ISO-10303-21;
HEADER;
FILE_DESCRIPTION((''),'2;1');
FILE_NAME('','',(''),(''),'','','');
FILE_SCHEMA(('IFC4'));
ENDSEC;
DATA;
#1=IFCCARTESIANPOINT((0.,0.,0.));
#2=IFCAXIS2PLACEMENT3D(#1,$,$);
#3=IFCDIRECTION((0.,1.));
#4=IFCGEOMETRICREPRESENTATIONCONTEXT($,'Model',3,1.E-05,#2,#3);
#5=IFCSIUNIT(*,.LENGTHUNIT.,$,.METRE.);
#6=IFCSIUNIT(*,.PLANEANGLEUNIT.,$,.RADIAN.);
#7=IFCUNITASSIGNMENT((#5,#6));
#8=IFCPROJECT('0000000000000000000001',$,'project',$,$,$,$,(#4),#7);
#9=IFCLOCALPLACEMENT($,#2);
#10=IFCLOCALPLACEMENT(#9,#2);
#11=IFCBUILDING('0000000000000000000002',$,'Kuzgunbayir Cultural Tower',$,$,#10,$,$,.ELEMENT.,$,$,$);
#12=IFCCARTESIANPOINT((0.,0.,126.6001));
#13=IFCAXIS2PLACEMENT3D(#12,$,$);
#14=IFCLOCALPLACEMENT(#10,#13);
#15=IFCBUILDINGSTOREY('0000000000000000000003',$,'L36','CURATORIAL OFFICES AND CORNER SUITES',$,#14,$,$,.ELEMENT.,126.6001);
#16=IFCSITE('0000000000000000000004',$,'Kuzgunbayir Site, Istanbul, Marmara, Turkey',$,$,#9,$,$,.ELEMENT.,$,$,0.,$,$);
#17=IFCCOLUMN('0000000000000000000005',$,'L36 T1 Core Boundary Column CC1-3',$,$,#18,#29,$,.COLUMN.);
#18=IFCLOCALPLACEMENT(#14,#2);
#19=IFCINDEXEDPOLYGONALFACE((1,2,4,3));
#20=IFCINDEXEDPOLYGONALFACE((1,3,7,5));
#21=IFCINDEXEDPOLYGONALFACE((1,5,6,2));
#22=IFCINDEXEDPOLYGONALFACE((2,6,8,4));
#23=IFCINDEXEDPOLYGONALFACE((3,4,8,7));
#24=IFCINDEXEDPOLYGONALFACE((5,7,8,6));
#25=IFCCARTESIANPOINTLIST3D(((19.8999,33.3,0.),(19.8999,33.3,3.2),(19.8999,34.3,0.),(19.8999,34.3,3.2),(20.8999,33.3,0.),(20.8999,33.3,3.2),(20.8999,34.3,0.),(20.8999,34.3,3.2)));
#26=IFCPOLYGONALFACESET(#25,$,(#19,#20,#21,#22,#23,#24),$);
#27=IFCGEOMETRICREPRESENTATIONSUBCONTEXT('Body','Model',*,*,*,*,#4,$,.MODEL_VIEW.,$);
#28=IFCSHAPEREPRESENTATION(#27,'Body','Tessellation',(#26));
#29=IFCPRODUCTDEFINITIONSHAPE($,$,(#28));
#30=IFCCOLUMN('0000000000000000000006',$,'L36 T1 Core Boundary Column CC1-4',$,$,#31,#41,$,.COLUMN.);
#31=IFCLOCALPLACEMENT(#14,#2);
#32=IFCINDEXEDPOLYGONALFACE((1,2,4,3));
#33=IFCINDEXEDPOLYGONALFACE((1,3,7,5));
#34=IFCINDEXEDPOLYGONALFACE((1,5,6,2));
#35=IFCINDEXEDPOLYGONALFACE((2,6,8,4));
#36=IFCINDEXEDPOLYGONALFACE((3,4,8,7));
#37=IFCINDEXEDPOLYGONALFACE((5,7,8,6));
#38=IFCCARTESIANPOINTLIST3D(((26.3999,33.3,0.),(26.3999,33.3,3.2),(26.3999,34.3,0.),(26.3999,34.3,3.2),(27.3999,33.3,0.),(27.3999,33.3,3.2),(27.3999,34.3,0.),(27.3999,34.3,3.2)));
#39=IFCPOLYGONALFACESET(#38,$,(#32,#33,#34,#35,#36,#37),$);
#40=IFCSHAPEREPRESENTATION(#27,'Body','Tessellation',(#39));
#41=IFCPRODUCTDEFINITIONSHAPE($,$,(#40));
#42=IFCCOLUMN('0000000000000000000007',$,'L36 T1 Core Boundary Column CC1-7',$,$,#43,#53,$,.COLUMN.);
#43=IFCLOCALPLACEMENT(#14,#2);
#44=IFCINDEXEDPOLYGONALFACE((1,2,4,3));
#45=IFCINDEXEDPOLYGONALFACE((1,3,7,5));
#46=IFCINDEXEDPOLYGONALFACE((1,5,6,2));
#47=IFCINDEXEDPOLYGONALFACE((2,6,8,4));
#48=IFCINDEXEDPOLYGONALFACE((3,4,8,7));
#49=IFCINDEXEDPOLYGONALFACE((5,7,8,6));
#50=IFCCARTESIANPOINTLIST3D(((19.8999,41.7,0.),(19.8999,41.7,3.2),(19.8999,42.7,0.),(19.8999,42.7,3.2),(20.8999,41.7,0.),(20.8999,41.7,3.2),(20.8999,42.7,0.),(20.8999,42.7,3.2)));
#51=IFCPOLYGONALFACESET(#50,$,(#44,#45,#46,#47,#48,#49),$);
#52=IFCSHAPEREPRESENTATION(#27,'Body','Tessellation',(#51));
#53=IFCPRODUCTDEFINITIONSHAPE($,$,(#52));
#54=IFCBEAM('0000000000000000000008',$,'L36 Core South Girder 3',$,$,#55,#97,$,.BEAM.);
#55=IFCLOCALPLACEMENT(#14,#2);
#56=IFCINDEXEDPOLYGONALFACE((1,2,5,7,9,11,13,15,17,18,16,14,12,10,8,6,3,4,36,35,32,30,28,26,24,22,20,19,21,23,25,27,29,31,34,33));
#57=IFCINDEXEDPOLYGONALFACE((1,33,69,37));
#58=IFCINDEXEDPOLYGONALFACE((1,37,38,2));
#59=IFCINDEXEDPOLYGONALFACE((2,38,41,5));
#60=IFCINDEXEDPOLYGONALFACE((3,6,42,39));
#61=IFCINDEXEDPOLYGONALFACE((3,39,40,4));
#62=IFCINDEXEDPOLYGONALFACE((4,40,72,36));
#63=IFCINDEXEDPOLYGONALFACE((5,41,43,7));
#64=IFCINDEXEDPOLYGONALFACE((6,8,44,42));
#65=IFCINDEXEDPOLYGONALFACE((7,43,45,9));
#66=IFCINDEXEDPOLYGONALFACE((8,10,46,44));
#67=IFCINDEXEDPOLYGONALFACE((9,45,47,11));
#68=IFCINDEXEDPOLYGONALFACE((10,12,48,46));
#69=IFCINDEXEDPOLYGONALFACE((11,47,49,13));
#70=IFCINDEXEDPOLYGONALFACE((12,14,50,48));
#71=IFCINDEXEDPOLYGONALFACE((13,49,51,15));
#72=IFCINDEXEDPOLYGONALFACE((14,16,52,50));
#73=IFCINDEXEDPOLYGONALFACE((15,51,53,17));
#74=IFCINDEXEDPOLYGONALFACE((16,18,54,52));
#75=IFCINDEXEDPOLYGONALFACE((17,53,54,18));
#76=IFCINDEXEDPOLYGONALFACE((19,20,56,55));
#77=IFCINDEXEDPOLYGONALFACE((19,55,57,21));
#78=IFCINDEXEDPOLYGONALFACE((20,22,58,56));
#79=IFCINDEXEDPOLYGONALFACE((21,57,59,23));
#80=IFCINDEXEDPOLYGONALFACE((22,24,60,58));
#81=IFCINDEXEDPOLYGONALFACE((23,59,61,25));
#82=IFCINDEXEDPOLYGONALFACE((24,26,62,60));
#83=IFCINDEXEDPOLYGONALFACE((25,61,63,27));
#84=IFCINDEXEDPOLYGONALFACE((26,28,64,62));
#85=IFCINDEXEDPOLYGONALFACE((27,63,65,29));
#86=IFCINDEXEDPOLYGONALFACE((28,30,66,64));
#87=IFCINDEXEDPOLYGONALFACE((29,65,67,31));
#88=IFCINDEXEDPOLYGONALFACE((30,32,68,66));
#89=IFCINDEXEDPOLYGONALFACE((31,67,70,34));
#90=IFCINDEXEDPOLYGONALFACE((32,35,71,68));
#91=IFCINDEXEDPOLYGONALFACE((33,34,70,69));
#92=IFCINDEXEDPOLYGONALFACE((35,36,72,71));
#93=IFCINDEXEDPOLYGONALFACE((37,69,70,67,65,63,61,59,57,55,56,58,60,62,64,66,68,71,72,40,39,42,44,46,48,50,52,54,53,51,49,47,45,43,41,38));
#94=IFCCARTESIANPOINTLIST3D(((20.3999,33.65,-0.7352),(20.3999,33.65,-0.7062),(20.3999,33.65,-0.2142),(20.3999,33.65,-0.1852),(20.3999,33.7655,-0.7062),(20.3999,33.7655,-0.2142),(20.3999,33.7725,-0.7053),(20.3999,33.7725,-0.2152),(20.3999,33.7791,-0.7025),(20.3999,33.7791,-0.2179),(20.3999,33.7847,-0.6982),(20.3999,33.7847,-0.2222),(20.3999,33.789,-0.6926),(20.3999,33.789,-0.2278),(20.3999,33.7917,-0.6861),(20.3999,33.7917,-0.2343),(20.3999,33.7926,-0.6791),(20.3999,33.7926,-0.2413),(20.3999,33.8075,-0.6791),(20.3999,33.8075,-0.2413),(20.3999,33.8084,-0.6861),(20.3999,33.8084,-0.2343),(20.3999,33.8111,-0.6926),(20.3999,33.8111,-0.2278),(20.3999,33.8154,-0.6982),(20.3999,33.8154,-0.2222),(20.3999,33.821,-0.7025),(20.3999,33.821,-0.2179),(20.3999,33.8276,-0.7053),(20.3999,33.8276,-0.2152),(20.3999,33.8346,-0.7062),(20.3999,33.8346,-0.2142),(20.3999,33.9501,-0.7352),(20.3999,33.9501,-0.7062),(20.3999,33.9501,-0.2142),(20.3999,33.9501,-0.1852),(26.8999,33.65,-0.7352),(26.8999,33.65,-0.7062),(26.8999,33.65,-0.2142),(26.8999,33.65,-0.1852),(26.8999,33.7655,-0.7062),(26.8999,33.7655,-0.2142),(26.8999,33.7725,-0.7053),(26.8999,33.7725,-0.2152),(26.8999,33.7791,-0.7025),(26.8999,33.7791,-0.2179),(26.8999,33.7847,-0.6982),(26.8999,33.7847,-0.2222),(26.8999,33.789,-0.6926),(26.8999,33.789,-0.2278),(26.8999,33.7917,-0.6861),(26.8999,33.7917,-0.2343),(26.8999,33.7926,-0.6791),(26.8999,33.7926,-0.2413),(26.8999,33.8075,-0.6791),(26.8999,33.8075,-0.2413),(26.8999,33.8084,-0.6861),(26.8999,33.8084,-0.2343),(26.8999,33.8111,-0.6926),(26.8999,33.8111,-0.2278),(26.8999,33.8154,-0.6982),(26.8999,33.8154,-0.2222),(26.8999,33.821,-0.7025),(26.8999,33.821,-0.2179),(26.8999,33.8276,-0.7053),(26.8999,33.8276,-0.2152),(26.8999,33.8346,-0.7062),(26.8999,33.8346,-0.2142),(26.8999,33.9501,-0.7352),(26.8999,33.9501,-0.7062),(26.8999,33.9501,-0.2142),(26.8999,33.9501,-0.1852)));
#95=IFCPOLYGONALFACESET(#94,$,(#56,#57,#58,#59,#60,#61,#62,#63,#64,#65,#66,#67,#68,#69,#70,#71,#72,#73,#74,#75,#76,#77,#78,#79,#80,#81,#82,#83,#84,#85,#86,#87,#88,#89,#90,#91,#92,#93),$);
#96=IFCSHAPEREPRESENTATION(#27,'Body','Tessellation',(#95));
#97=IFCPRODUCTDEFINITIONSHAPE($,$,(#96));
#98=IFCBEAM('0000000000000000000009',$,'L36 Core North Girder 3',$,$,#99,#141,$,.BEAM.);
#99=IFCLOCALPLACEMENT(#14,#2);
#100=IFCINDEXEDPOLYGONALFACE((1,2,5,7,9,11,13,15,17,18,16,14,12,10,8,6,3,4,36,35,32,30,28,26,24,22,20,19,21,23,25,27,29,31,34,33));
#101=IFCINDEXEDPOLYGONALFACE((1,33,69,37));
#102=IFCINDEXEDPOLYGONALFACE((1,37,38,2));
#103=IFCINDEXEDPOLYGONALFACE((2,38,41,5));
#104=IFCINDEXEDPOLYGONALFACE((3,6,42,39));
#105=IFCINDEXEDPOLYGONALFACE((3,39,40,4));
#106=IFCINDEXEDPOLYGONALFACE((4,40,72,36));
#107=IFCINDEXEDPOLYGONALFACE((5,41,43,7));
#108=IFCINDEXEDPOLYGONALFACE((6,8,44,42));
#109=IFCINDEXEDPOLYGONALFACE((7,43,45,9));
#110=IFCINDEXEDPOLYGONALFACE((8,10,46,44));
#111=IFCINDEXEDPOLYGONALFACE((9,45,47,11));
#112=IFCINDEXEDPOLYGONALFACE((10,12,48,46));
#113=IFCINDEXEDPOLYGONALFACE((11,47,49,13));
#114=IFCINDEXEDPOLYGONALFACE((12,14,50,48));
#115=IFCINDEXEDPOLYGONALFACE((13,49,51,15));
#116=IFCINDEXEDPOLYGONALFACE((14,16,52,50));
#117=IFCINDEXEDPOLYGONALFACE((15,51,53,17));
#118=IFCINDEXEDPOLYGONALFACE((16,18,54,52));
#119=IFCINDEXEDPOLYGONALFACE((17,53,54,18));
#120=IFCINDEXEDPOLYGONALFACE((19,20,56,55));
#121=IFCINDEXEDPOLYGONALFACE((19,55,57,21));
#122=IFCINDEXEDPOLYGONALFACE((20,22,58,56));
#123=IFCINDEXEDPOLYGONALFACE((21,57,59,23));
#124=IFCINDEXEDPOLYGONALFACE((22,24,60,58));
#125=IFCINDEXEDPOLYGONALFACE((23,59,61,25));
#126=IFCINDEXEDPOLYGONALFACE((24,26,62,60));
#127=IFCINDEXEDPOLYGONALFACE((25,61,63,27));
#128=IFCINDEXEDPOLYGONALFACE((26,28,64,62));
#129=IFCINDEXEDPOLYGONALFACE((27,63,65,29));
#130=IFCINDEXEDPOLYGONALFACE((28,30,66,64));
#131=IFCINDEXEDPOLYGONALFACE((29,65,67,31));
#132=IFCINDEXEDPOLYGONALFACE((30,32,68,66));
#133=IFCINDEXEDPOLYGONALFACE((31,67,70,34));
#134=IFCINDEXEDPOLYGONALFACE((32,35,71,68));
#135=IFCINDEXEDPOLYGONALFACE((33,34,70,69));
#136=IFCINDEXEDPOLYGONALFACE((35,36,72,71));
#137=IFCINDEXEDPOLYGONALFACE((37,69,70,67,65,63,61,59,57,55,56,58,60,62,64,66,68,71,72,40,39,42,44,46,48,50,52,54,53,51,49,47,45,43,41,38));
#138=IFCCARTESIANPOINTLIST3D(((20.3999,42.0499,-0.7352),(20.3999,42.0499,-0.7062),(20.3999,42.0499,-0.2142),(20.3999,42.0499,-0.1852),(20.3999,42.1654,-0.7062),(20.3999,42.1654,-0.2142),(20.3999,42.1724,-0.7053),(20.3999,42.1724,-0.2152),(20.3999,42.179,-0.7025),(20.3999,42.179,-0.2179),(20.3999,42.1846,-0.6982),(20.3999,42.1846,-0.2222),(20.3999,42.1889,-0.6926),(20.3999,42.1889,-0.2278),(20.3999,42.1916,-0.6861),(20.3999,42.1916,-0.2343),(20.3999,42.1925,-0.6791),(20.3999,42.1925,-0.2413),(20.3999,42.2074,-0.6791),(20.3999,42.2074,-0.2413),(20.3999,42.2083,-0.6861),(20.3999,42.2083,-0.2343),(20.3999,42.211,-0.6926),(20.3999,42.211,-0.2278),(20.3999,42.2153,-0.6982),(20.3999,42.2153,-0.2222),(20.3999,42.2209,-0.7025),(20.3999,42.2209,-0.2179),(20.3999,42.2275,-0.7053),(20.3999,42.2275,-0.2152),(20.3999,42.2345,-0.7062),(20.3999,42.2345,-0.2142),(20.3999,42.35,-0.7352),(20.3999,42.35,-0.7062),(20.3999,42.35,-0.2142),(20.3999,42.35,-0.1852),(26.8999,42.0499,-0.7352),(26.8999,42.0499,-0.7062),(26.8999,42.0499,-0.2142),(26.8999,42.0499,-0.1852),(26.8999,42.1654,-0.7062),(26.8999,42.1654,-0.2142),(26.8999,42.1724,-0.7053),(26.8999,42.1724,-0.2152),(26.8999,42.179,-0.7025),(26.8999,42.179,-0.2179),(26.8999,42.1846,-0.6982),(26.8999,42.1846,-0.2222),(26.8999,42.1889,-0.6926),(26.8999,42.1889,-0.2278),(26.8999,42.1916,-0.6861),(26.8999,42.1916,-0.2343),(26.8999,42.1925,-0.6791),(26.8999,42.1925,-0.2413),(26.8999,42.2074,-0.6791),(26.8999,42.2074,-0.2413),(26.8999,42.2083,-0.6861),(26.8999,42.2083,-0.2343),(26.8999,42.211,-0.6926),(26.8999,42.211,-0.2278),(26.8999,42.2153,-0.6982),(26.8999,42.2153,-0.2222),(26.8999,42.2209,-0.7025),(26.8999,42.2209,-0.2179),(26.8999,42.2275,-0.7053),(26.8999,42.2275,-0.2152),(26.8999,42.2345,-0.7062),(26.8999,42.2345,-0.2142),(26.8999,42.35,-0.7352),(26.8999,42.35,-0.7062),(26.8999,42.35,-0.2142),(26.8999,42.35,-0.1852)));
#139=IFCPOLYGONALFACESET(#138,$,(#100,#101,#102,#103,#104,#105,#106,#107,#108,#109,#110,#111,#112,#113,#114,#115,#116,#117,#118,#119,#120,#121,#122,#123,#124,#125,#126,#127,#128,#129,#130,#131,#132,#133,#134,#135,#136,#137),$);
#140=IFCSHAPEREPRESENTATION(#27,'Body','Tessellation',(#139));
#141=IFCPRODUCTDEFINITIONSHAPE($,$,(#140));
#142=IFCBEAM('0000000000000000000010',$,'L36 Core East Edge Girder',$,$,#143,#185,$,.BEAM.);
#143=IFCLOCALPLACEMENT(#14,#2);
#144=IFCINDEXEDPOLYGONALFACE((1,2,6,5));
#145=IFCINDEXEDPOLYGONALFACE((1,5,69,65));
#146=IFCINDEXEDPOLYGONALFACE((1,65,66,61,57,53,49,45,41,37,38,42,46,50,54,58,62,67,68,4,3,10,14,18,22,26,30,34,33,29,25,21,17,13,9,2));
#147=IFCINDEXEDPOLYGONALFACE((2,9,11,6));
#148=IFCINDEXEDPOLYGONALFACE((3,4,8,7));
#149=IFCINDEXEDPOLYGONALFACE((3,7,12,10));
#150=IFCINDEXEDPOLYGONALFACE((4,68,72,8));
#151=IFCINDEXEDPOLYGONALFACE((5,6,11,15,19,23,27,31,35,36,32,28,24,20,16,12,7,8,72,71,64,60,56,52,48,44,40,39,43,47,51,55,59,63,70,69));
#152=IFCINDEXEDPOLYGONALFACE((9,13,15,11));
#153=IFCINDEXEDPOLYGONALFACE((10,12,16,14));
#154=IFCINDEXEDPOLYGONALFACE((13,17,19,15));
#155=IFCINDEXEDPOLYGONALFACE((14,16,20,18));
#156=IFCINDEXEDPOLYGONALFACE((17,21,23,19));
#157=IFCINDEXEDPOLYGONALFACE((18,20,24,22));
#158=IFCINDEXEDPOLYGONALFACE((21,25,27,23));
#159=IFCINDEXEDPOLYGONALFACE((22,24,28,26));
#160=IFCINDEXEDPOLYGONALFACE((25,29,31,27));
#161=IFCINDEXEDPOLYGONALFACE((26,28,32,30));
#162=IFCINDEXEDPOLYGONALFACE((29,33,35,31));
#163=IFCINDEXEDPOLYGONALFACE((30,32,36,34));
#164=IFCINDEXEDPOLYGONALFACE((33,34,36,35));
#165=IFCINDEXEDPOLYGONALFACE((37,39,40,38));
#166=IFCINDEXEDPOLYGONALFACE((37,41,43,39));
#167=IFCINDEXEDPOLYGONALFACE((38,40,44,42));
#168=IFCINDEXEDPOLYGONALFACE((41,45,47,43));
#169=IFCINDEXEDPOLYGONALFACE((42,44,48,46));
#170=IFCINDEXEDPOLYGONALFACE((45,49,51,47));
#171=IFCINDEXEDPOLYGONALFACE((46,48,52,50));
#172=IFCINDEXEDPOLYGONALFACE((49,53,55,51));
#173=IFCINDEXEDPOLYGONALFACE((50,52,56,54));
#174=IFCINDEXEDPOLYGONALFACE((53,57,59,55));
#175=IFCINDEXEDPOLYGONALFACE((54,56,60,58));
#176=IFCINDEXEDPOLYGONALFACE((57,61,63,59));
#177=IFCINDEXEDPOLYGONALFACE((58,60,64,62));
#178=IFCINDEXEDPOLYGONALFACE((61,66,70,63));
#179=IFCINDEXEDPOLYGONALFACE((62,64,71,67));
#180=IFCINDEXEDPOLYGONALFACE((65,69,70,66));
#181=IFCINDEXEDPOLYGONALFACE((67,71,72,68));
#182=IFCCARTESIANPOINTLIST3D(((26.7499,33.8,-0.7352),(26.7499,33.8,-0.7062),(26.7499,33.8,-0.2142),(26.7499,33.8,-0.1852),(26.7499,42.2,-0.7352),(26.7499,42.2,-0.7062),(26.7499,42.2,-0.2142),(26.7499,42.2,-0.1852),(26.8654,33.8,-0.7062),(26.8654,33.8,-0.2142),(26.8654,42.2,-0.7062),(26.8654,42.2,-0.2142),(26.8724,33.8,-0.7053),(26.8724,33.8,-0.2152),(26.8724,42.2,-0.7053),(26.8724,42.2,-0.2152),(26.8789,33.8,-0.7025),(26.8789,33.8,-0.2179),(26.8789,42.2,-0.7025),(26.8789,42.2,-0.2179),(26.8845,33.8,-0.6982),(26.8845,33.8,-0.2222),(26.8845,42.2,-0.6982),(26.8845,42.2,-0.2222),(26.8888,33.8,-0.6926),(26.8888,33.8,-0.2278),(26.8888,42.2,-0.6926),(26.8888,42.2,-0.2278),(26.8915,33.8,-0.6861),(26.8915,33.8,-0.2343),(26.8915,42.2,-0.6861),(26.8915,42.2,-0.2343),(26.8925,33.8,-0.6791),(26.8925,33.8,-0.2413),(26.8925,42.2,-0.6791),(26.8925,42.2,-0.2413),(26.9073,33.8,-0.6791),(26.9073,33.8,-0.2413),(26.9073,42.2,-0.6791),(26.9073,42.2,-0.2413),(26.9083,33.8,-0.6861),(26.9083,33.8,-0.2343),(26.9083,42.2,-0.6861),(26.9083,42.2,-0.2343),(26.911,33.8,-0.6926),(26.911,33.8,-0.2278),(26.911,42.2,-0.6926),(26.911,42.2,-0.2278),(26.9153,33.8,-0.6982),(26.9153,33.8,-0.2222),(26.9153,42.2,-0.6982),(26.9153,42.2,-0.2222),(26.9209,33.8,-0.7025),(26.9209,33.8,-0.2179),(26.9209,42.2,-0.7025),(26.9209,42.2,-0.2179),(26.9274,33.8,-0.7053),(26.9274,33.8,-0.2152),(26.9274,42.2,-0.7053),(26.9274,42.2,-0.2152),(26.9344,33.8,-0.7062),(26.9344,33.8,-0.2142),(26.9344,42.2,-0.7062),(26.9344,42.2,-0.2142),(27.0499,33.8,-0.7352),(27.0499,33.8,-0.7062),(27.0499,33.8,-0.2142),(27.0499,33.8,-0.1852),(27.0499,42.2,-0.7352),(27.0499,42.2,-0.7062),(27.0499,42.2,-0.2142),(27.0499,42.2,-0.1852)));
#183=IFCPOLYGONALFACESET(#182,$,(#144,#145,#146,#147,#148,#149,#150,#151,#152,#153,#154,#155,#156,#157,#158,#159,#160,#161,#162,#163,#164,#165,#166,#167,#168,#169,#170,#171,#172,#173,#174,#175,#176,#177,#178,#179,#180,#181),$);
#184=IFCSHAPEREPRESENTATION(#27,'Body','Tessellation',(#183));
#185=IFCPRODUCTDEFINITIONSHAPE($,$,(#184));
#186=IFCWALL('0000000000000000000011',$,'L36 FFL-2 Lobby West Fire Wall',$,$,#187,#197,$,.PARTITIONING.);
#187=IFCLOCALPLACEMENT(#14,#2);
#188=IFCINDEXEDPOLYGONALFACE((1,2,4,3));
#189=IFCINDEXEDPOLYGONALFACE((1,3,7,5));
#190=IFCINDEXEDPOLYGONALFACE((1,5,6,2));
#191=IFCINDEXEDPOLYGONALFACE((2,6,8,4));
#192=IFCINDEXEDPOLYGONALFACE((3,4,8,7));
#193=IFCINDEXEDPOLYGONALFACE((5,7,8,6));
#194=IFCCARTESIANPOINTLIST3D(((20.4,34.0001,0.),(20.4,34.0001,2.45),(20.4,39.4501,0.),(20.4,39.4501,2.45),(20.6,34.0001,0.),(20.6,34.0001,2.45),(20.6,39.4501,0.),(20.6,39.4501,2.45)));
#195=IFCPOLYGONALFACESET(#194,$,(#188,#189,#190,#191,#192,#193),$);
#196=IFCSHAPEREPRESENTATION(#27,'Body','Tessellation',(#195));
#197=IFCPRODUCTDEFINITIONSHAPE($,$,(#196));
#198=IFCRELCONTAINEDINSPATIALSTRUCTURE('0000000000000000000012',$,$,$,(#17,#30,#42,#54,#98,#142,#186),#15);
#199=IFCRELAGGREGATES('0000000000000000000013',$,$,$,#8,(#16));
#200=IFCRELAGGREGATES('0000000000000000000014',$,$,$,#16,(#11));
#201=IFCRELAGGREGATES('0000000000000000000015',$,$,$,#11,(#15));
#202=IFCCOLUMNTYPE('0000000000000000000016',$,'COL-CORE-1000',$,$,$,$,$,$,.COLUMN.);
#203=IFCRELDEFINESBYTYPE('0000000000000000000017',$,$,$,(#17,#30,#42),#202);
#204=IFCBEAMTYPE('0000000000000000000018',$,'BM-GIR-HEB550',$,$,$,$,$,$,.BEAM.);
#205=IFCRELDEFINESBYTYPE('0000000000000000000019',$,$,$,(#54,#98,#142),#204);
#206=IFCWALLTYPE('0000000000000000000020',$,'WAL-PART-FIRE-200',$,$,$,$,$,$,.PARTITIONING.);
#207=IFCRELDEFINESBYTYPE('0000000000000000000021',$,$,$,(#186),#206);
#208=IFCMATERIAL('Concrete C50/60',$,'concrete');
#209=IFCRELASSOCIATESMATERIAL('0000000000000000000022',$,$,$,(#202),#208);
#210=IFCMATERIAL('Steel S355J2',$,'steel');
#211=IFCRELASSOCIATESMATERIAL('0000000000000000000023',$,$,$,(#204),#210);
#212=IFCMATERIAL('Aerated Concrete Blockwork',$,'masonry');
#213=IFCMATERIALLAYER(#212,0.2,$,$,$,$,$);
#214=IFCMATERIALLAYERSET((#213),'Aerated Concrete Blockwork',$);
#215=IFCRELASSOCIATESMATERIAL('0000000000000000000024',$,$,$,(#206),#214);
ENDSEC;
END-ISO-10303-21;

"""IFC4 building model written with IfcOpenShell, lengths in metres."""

from ifc_helpers import new_model, si_unit, direction, frame, frame_2d, origin, origin_2d, place, context, subcontext, project, spatial, rectangle, i_section, extrude, material, layer, layer_set, material_profile, profile_set, type_object, element, save


model = new_model("IFC4")

# Units and contexts
model_context = context("Model", 3, precision=1e-05, world=origin(), true_north=direction((0.0, 1.0)))
body_context = subcontext(model_context, "Body", "Model", "MODEL_VIEW")
ifc_project = project(units=[si_unit("LENGTHUNIT", "METRE"), si_unit("PLANEANGLEUNIT", "RADIAN")], contexts=[model_context])

# Site, building, storey
site_placement = place(None, origin())
site = spatial("IfcSite", under=ifc_project, at=site_placement, Name="Kuzgunbayir Site, Istanbul, Marmara, Turkey", CompositionType="ELEMENT", RefElevation=0.0)
building_placement = place(site_placement, origin())
building = spatial("IfcBuilding", under=site, at=building_placement, Name="Kuzgunbayir Cultural Tower", CompositionType="ELEMENT")
storey_placement = place(building_placement, frame((0.0, 0.0, 126.6001)))
storey = spatial("IfcBuildingStorey", under=building, at=storey_placement, Name="L36", Description="CURATORIAL OFFICES AND CORNER SUITES", CompositionType="ELEMENT", Elevation=126.6001)

# Columns
ifc_material_1 = material(Name="Concrete C50/60", Category="concrete")
ifc_material_profile_1 = material_profile(ifc_material_1, rectangle(XDim=1.0, YDim=1.0, at=origin_2d()), Name="RC 1000x1000")
ifc_profile_set_1 = profile_set([ifc_material_profile_1], Name="Concrete C50/60")
column_type = type_object("IfcColumnType", Name="COL-CORE-1000", PredefinedType="COLUMN", material=ifc_profile_set_1)
for number, where, z_axis, x_axis, name in (
    (1, (20.3999, 33.8, 0.0), (0.0, 0.0, 1.0), (1.0, 0.0, 0.0), "L36 T1 Core Boundary Column CC1-3"),
    (2, (26.8999, 33.8, 0.0), (0.0, 0.0, 1.0), (1.0, 0.0, 0.0), "L36 T1 Core Boundary Column CC1-4"),
    (3, (20.3999, 42.2, 0.0), (0.0, 0.0, 1.0), (1.0, 0.0, 0.0), "L36 T1 Core Boundary Column CC1-7"),
):
    element("IfcColumn", number, at=place(storey_placement, frame(where, z_axis=z_axis, x_axis=x_axis)), inside=storey, type_object=column_type, Name=name, PredefinedType="COLUMN", context=body_context, shape_type="SweptSolid", body=[
        extrude(rectangle(XDim=1.0, YDim=1.0, at=origin_2d()), origin(), (0.0, 0.0, 1.0), 3.2),
    ])

# Beams
ifc_material_2 = material(Name="Steel S355J2", Category="steel")
ifc_material_profile_2 = material_profile(ifc_material_2, i_section(OverallWidth=0.3, OverallDepth=0.55, WebThickness=0.0149, FlangeThickness=0.0291, FilletRadius=0.0271, at=origin_2d()), Name="HEB 550")
ifc_profile_set_2 = profile_set([ifc_material_profile_2], Name="Steel S355J2")
beam_type = type_object("IfcBeamType", Name="BM-GIR-HEB550", PredefinedType="BEAM", material=ifc_profile_set_2)
for number, where, z_axis, x_axis, name in (
    (4, (20.3999, 33.8, -0.4602), (1.0, 0.0, 0.0), (0.0, 1.0, 0.0), "L36 Core South Girder 3"),
    (5, (20.3999, 42.2, -0.4602), (1.0, 0.0, 0.0), (0.0, 1.0, 0.0), "L36 Core North Girder 3"),
):
    element("IfcBeam", number, at=place(storey_placement, frame(where, z_axis=z_axis, x_axis=x_axis)), inside=storey, type_object=beam_type, Name=name, PredefinedType="BEAM", context=body_context, shape_type="SweptSolid", body=[
        extrude(i_section(OverallWidth=0.3, OverallDepth=0.55, WebThickness=0.0149, FlangeThickness=0.0291, FilletRadius=0.0271, at=origin_2d()), origin(), (0.0, 0.0, 1.0), 6.5),
    ])
beam_placement = place(storey_placement, frame((26.8999, 33.8, -0.4602), z_axis=(0.0, 1.0, 0.0), x_axis=(-1.0, 0.0, 0.0)))
element("IfcBeam", 6, at=beam_placement, inside=storey, type_object=beam_type, Name="L36 Core East Edge Girder", PredefinedType="BEAM", context=body_context, shape_type="SweptSolid", body=[
    extrude(i_section(OverallWidth=0.3, OverallDepth=0.55, WebThickness=0.0149, FlangeThickness=0.0291, FilletRadius=0.0271, at=origin_2d()), origin(), (0.0, 0.0, 1.0), 8.3999),
])

# Wall
ifc_material_3 = material(Name="Aerated Concrete Blockwork", Category="masonry")
ifc_layer_1 = layer(ifc_material_3, 0.2)
ifc_layer_set_1 = layer_set([ifc_layer_1], Name="Aerated Concrete Blockwork")
wall_type_1 = type_object("IfcWallType", Name="WAL-PART-FIRE-200", PredefinedType="PARTITIONING", material=ifc_layer_set_1)
wall_1_placement = place(storey_placement, frame((20.5, 34.0, 0.0), z_axis=(0.0, 0.0, 1.0), x_axis=(0.0, 1.0, 0.0)))
element("IfcWall", 7, at=wall_1_placement, inside=storey, type_object=wall_type_1, Name="L36 FFL-2 Lobby West Fire Wall", PredefinedType="PARTITIONING", context=body_context, shape_type="SweptSolid", body=[
    extrude(rectangle(XDim=5.45, YDim=0.2, at=frame_2d((2.7251, 0.0))), origin(), (0.0, 0.0, 1.0), 2.45),
])

save(model, "model.ifc")
